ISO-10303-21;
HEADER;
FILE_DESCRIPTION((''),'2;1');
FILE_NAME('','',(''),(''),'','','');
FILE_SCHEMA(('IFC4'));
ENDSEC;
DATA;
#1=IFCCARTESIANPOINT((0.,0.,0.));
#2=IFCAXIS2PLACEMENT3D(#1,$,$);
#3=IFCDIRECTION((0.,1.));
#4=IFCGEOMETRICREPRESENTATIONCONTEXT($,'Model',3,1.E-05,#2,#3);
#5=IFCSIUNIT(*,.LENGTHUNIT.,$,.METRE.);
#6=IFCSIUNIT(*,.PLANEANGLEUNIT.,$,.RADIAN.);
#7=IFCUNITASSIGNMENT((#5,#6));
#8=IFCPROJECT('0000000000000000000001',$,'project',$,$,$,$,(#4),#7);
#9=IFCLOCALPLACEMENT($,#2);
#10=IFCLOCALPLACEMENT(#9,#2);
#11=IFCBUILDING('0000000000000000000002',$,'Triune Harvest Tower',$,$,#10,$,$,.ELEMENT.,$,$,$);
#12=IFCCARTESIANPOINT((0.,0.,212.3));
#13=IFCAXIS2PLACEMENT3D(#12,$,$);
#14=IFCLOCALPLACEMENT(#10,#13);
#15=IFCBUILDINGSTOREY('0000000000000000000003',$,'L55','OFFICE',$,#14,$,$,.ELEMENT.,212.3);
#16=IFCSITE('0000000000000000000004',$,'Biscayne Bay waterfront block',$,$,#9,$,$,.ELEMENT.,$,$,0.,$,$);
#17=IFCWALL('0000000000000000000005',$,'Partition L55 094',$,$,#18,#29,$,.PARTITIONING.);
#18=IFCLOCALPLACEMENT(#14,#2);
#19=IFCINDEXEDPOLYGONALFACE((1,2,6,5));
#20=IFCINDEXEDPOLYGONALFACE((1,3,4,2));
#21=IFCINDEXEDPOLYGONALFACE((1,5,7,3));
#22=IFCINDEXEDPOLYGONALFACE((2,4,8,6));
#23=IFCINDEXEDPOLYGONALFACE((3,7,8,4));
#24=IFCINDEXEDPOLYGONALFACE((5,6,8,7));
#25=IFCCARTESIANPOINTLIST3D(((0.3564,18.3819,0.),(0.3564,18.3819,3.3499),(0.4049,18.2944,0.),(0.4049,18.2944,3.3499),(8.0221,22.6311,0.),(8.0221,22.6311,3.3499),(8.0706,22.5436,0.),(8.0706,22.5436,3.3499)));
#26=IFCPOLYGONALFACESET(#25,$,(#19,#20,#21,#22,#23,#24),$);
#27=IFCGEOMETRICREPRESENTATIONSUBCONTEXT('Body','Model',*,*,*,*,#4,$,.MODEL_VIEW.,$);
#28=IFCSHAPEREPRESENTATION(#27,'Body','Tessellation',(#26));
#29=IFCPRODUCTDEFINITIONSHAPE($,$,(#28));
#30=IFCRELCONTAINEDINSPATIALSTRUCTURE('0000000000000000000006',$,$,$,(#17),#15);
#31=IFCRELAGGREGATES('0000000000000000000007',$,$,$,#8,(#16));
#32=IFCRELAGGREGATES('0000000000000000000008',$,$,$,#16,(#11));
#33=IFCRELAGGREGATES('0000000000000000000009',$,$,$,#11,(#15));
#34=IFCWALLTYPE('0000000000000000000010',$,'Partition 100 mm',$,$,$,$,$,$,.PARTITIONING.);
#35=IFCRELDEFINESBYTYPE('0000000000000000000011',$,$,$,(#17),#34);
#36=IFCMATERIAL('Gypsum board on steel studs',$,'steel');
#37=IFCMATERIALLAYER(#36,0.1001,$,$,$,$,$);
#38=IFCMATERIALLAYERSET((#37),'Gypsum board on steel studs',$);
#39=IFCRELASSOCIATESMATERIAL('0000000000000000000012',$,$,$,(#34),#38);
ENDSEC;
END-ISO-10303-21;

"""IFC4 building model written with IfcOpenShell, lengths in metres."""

from ifc_helpers import new_model, si_unit, direction, frame, frame_2d, origin, place, context, subcontext, project, spatial, rectangle, extrude, source, transform, mapped, material, layer, layer_set, type_object, element, save


model = new_model("IFC4")

# Units and contexts
model_context = context("Model", 3, precision=1e-05, world=origin(), true_north=direction((0.0, 1.0)))
body_context = subcontext(model_context, "Body", "Model", "MODEL_VIEW")
ifc_project = project(units=[si_unit("LENGTHUNIT", "METRE"), si_unit("PLANEANGLEUNIT", "RADIAN")], contexts=[model_context])

# Site, building, storey
site_placement = place(None, origin())
site = spatial("IfcSite", under=ifc_project, at=site_placement, Name="Biscayne Bay waterfront block", CompositionType="ELEMENT", RefElevation=0.0)
building_placement = place(site_placement, origin())
building = spatial("IfcBuilding", under=site, at=building_placement, Name="Triune Harvest Tower", CompositionType="ELEMENT")
storey_placement = place(building_placement, frame((0.0, 0.0, 212.3)))
storey = spatial("IfcBuildingStorey", under=building, at=storey_placement, Name="L55", Description="OFFICE", CompositionType="ELEMENT", Elevation=212.3)

# Shared definitions
ifc_material_1 = material(Name="Gypsum board on steel studs", Category="steel")
ifc_layer_1 = layer(ifc_material_1, 0.1001)
ifc_layer_set_1 = layer_set([ifc_layer_1], Name="Gypsum board on steel studs")
wall_type_1 = type_object("IfcWallType", Name="Partition 100 mm", PredefinedType="PARTITIONING", material=ifc_layer_set_1)

# Wall
shared_shape_1 = source(origin(), body_context, "Body", "SweptSolid", [
    extrude(rectangle(XDim=8.7646, YDim=0.1001, at=frame_2d((4.3823, 0.0))), origin(), (0.0, 0.0, 1.0), 3.3499),
])
wall_1_placement = place(storey_placement, frame((0.3806, 18.3381, 0.0), z_axis=(0.0, 0.0, 1.0), x_axis=(0.874617, 0.484815, 0.0)))
element("IfcWall", 1, at=wall_1_placement, inside=storey, type_object=wall_type_1, Name="Partition L55 094", PredefinedType="PARTITIONING", context=body_context, shape_type="MappedRepresentation", body=[
    mapped(shared_shape_1, transform((0.0, 0.0, 0.0), scale=1.0)),
])

save(model, "model.ifc")
